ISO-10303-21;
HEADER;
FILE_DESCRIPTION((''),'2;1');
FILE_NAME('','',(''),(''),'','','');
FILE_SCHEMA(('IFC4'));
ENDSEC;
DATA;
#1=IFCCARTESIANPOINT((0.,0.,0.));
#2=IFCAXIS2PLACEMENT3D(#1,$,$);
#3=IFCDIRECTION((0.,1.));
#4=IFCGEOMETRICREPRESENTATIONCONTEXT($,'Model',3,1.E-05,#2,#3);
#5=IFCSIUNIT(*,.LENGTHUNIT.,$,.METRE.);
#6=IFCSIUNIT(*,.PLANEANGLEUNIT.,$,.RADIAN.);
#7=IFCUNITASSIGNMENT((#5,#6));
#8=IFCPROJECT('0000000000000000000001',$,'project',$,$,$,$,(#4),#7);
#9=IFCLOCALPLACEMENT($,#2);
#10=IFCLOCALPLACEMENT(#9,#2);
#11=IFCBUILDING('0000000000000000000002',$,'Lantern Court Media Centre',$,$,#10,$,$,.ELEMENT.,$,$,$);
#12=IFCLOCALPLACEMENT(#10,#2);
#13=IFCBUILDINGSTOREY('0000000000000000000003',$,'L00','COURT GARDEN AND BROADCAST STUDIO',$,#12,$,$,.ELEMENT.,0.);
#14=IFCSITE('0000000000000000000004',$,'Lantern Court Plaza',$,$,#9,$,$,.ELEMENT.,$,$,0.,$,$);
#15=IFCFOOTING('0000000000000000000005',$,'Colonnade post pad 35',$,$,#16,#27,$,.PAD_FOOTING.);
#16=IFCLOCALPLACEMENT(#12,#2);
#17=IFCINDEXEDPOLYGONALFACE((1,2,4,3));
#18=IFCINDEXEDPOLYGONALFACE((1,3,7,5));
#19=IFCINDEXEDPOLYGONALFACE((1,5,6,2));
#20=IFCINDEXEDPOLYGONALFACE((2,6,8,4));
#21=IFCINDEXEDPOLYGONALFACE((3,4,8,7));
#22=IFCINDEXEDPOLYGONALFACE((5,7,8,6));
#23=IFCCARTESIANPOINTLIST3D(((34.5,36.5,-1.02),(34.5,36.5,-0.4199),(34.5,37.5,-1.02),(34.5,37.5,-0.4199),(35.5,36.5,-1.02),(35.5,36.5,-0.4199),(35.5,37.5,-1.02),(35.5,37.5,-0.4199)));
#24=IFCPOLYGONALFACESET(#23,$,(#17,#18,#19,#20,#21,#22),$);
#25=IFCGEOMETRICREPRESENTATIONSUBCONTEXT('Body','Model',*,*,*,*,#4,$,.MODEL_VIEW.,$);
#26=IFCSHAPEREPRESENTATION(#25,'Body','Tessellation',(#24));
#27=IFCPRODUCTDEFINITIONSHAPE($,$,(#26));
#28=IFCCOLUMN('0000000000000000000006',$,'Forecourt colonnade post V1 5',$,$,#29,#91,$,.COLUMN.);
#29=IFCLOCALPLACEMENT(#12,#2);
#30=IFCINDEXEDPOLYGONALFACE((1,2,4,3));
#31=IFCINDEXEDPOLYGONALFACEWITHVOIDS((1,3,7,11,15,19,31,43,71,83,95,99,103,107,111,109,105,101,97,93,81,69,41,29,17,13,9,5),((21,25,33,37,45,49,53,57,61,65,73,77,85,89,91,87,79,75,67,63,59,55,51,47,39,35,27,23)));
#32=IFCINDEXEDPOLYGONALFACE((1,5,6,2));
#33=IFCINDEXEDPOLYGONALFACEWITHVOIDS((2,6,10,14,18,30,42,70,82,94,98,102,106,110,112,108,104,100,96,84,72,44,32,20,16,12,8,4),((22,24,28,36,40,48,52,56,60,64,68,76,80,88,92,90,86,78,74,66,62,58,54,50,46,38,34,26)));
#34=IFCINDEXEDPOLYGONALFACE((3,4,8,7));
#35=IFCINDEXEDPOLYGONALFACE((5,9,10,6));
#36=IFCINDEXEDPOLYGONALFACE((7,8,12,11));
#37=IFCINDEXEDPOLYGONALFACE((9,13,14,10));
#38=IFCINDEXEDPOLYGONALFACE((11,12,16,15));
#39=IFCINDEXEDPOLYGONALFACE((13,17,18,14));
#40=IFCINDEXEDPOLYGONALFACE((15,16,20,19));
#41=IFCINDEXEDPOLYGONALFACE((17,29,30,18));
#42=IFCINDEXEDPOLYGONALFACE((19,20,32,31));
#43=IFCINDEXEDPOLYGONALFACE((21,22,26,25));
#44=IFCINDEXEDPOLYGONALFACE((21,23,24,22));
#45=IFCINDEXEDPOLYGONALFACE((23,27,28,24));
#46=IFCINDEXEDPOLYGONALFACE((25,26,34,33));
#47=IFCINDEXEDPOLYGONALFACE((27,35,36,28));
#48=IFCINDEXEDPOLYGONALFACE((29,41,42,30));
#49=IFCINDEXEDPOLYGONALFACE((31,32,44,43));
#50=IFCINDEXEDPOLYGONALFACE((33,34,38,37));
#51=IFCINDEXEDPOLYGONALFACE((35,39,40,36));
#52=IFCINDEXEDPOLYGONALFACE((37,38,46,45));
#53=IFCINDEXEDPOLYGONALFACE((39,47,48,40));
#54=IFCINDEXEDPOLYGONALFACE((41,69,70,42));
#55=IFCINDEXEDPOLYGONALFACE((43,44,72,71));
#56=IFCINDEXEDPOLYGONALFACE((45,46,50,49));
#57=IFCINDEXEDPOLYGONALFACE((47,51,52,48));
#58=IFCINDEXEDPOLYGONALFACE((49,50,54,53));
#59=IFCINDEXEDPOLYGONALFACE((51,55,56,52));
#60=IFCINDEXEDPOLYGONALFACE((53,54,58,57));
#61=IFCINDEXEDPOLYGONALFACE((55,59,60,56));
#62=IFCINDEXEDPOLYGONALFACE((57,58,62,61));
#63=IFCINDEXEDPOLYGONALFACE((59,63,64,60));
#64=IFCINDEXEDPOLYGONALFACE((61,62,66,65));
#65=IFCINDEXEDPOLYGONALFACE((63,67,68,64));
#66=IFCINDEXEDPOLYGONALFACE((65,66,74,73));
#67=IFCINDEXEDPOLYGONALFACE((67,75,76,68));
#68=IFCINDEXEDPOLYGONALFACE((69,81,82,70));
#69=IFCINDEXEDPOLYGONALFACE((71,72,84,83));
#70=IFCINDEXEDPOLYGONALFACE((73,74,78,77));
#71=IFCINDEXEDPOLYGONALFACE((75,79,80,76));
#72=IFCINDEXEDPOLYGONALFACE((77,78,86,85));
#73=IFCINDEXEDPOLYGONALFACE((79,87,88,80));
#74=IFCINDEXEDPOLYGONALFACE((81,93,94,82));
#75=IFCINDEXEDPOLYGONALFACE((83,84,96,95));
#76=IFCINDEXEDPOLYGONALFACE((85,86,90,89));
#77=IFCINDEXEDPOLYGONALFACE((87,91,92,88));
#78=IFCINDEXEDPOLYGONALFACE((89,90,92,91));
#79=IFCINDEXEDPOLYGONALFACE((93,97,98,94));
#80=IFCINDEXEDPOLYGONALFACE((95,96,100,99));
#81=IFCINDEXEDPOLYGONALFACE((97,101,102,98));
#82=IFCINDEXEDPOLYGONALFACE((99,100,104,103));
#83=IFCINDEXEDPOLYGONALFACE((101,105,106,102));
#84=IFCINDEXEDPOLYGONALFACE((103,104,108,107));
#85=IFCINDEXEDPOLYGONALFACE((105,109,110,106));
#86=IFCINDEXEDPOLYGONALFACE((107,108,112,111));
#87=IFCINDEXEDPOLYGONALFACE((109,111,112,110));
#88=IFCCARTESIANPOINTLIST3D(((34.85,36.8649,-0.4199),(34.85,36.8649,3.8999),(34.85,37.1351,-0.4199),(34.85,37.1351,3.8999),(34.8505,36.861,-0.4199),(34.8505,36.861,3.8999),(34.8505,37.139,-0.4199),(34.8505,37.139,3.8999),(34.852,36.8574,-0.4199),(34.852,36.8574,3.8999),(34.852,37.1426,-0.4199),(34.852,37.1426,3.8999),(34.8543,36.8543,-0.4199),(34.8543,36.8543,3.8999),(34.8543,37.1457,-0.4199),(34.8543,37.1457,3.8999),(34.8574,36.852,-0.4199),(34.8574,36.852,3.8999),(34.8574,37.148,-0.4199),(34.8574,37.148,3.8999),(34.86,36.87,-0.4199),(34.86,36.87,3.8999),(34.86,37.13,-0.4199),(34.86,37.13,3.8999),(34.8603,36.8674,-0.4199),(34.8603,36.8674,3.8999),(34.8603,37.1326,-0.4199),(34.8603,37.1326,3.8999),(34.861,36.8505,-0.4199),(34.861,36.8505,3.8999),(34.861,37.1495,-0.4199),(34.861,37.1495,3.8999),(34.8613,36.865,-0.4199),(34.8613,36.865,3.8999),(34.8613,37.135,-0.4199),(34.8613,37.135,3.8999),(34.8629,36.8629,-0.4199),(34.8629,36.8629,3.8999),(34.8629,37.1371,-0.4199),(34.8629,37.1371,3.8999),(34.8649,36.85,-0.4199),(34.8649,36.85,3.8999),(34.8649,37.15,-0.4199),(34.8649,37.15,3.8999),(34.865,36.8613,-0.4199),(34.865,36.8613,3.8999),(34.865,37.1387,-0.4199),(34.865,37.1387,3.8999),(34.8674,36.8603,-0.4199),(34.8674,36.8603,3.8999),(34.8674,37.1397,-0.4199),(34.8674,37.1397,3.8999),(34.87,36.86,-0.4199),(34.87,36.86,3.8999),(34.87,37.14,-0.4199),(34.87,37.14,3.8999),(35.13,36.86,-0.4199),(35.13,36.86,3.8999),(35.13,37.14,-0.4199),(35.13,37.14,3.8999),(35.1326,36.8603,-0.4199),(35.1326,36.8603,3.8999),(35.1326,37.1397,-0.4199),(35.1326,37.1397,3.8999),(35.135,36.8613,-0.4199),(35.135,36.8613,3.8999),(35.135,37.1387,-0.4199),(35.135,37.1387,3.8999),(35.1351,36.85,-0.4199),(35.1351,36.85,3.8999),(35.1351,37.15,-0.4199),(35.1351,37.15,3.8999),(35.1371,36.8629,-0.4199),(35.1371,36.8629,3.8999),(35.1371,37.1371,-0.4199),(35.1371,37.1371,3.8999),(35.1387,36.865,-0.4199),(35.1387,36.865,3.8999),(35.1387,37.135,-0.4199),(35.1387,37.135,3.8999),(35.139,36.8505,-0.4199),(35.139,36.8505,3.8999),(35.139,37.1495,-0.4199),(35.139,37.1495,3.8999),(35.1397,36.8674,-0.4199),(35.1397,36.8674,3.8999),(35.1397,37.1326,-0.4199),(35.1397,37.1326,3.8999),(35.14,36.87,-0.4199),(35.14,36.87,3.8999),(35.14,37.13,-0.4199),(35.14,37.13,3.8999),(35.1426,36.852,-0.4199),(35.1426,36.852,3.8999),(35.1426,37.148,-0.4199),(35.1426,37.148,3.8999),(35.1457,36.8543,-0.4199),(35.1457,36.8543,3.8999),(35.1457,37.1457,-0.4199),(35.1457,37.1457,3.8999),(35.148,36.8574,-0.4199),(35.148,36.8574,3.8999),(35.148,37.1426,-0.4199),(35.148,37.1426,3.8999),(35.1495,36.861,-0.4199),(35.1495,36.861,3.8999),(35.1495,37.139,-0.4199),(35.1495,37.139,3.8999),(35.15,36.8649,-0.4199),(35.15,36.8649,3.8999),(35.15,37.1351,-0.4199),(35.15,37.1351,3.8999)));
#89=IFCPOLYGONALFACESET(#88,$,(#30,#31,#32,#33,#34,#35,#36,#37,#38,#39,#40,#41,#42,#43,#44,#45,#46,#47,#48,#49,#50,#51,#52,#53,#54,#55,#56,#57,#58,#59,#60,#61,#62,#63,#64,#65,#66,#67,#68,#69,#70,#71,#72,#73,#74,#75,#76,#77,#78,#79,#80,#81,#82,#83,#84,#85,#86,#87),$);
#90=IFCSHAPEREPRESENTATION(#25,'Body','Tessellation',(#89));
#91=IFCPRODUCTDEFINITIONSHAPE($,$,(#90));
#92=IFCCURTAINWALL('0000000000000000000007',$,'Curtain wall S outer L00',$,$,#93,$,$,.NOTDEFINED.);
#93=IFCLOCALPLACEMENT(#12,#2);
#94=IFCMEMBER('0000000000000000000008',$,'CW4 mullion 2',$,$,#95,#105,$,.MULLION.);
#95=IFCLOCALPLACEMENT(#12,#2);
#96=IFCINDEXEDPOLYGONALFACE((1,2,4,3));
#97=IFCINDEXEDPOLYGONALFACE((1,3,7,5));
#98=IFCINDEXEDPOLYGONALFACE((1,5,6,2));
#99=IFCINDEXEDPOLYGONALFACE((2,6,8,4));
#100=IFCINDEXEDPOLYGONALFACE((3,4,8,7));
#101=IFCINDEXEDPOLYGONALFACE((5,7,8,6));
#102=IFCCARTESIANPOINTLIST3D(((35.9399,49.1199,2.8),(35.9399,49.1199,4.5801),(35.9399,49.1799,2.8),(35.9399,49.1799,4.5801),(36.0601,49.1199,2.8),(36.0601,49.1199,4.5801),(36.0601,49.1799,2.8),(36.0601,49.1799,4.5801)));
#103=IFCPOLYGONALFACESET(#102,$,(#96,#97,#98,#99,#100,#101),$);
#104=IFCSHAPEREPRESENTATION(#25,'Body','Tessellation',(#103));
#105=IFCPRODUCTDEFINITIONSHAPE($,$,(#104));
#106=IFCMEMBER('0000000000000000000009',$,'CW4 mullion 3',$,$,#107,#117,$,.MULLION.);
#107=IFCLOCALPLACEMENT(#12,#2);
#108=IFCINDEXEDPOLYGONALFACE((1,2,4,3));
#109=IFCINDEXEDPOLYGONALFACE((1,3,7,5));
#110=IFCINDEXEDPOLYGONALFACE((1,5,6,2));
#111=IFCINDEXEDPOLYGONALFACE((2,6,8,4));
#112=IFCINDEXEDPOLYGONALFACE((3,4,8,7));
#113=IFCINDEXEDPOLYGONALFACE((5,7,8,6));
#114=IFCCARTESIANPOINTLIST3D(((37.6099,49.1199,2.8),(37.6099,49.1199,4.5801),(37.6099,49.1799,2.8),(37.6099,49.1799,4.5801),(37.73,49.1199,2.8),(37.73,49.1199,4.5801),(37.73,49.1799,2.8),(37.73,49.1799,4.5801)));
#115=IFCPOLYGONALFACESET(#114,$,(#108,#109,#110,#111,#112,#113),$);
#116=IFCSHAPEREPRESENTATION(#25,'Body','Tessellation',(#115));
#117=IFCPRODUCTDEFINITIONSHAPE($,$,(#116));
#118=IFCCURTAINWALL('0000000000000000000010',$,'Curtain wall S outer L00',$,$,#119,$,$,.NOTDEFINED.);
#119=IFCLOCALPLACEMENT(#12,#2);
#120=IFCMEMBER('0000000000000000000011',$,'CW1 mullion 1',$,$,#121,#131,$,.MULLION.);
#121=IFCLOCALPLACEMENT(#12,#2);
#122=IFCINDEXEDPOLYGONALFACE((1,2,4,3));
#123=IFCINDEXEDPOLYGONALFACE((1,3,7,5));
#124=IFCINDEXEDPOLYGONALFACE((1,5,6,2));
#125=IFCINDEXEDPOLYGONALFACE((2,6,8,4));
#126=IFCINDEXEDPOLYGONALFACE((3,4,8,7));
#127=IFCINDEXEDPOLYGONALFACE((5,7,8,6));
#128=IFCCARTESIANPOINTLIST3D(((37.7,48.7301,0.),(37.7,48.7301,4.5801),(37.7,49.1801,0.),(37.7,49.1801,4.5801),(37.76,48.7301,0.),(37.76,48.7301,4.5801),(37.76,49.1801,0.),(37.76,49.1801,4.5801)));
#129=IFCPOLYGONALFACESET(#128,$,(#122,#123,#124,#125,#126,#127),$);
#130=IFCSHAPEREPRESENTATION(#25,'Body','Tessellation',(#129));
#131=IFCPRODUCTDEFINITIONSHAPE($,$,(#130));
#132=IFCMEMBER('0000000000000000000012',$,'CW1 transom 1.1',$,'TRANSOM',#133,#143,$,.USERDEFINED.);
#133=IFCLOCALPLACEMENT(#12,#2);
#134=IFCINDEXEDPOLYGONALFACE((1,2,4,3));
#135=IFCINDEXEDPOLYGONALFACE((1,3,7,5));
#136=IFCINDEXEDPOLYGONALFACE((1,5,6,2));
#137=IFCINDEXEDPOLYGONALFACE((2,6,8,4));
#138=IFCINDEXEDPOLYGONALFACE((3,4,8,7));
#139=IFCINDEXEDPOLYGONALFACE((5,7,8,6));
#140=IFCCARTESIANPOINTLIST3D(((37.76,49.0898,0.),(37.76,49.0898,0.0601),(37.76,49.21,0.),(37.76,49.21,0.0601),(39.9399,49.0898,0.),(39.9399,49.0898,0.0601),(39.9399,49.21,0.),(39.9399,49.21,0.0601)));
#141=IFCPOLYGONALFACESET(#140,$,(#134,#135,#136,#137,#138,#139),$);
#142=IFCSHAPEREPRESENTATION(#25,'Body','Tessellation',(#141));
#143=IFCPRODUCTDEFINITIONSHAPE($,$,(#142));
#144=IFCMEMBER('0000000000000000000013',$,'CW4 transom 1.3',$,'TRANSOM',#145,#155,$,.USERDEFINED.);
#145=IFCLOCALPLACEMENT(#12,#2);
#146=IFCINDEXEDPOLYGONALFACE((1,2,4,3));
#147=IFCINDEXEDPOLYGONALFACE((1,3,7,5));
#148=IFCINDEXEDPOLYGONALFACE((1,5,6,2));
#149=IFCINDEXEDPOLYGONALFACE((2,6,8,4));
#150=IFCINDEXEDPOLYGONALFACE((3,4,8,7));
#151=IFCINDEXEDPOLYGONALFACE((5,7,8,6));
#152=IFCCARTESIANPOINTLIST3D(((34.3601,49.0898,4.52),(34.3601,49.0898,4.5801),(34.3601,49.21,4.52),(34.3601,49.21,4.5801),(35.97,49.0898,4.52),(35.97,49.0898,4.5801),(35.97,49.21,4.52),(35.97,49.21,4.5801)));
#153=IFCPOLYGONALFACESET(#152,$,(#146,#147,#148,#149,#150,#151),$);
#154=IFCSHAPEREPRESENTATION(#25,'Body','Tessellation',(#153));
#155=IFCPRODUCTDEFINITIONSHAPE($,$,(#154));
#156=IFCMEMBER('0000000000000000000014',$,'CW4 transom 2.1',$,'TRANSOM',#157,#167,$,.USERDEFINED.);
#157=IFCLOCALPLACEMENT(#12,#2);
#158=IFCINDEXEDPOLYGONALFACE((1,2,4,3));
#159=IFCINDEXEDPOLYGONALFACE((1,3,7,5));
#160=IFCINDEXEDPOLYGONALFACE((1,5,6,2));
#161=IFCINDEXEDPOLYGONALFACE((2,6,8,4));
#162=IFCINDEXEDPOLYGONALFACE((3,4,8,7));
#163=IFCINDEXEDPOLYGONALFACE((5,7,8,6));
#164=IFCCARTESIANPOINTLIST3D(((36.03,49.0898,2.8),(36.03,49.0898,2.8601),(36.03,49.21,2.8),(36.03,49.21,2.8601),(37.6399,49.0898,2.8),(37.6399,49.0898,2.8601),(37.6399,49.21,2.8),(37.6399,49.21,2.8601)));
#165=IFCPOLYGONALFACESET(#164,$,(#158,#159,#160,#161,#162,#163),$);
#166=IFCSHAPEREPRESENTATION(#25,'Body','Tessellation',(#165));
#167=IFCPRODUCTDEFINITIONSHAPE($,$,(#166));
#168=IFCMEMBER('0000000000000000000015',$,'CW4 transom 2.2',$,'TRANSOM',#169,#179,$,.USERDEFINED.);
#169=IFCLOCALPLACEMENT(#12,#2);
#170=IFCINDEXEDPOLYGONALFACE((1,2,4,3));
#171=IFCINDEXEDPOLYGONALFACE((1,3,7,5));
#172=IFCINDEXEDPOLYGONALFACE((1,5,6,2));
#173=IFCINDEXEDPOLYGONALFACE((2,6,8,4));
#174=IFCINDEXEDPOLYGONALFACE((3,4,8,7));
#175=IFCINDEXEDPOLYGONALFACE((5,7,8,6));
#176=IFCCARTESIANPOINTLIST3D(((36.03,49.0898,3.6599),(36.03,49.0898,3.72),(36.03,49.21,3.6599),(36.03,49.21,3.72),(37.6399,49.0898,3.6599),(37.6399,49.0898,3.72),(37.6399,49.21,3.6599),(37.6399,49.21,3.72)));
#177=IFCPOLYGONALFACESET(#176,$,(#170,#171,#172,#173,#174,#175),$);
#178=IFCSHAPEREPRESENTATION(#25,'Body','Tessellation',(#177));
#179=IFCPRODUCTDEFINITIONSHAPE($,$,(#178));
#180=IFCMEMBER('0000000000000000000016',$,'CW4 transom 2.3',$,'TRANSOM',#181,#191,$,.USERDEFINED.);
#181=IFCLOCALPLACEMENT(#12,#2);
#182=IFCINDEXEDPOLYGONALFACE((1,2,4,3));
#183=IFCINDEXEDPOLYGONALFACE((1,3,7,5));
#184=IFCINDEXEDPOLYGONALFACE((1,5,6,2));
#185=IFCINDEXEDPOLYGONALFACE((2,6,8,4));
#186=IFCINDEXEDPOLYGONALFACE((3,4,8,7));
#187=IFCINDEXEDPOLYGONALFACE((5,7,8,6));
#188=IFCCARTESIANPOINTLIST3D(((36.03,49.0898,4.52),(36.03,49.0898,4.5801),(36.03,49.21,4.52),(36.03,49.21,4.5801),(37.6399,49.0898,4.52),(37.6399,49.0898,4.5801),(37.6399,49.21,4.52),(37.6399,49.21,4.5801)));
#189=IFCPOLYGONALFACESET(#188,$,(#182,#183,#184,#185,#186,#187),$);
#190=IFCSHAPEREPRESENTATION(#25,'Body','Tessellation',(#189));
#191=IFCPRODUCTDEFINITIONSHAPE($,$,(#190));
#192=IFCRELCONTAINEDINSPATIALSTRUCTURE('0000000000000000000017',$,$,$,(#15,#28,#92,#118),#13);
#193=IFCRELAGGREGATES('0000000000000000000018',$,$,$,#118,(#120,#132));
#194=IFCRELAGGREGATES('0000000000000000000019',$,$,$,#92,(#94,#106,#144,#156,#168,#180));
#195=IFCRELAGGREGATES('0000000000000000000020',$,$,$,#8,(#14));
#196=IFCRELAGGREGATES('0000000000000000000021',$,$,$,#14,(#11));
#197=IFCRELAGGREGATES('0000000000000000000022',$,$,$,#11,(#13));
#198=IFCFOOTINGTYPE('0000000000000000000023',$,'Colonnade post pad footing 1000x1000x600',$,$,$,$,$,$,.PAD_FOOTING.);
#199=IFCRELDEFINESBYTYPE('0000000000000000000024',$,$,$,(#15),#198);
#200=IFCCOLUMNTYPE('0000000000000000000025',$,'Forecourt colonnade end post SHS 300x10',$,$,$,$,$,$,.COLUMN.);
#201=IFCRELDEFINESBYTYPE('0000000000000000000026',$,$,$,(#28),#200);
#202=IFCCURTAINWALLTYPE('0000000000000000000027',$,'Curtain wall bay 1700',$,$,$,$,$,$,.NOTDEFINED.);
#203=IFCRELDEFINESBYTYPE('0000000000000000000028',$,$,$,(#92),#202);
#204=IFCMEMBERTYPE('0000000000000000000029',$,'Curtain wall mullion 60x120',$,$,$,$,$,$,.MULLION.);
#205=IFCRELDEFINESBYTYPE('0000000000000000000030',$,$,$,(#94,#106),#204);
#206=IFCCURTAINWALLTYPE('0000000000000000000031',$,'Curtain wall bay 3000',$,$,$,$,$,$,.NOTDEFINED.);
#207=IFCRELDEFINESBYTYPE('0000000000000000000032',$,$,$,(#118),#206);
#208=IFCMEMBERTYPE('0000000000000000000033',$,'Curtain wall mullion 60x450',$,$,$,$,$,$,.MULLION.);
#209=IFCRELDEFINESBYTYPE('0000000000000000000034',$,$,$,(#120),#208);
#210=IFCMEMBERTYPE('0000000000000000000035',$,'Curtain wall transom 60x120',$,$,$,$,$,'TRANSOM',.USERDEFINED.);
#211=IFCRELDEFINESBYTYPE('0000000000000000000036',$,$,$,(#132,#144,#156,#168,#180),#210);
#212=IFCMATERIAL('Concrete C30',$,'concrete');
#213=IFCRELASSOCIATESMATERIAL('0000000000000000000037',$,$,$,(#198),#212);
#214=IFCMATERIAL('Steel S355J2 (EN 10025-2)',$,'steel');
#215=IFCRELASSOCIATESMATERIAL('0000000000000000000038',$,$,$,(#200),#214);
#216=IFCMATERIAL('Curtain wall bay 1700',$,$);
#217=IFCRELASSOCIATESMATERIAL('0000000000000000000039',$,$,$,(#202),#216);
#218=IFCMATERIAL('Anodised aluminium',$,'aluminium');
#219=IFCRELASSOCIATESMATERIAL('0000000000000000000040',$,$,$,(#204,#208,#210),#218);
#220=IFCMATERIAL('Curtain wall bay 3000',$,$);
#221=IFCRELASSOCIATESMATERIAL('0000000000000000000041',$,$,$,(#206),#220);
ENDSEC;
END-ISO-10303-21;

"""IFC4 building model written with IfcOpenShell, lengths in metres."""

from ifc_helpers import new_model, si_unit, direction, frame, origin, origin_2d, place, context, subcontext, project, spatial, rectangle, hollow_rectangle, extrude, material, material_profile, profile_set, type_object, element, aggregate, save


model = new_model("IFC4")

# Units and contexts
model_context = context("Model", 3, precision=1e-05, world=origin(), true_north=direction((0.0, 1.0)))
body_context = subcontext(model_context, "Body", "Model", "MODEL_VIEW")
ifc_project = project(units=[si_unit("LENGTHUNIT", "METRE"), si_unit("PLANEANGLEUNIT", "RADIAN")], contexts=[model_context])

# Site, building, storey
site_placement = place(None, origin())
site = spatial("IfcSite", under=ifc_project, at=site_placement, Name="Lantern Court Plaza", CompositionType="ELEMENT", RefElevation=0.0)
building_placement = place(site_placement, origin())
building = spatial("IfcBuilding", under=site, at=building_placement, Name="Lantern Court Media Centre", CompositionType="ELEMENT")
storey_placement = place(building_placement, origin())
storey = spatial("IfcBuildingStorey", under=building, at=storey_placement, Name="L00", Description="COURT GARDEN AND BROADCAST STUDIO", CompositionType="ELEMENT", Elevation=0.0)

# Footing
ifc_material_1 = material(Name="Concrete C30", Category="concrete")
footing_type = type_object("IfcFootingType", Name="Colonnade post pad footing 1000x1000x600", PredefinedType="PAD_FOOTING", material=ifc_material_1)
footing_placement = place(storey_placement, frame((35.0, 37.0, -1.02), z_axis=(0.0, 0.0, 1.0), x_axis=(1.0, 0.0, 0.0)))
element("IfcFooting", 1, at=footing_placement, inside=storey, type_object=footing_type, Name="Colonnade post pad 35", PredefinedType="PAD_FOOTING", context=body_context, shape_type="SweptSolid", body=[
    extrude(rectangle(XDim=1.0, YDim=1.0, at=origin_2d()), origin(), (0.0, 0.0, 1.0), 0.6001),
])

# Column
ifc_material_2 = material(Name="Steel S355J2 (EN 10025-2)", Category="steel")
ifc_material_profile_1 = material_profile(ifc_material_2, hollow_rectangle(XDim=0.3, YDim=0.3, WallThickness=0.01, InnerFilletRadius=0.01, OuterFilletRadius=0.0149, at=origin_2d()), Name="Forecourt colonnade end post SHS 300x10")
ifc_profile_set_1 = profile_set([ifc_material_profile_1], Name="Steel S355J2 (EN 10025-2)")
column_type = type_object("IfcColumnType", Name="Forecourt colonnade end post SHS 300x10", PredefinedType="COLUMN", material=ifc_profile_set_1)
column_placement = place(storey_placement, frame((35.0, 37.0, -0.4199), z_axis=(0.0, 0.0, 1.0), x_axis=(1.0, 0.0, 0.0)))
element("IfcColumn", 2, at=column_placement, inside=storey, type_object=column_type, Name="Forecourt colonnade post V1 5", PredefinedType="COLUMN", context=body_context, shape_type="SweptSolid", body=[
    extrude(hollow_rectangle(XDim=0.3, YDim=0.3, WallThickness=0.01, InnerFilletRadius=0.01, OuterFilletRadius=0.0149, at=origin_2d()), origin(), (0.0, 0.0, 1.0), 4.3198),
])

# Curtain walls, members
ifc_material_3 = material(Name="Curtain wall bay 1700")
curtain_wall_type_1 = type_object("IfcCurtainWallType", Name="Curtain wall bay 1700", PredefinedType="NOTDEFINED", material=ifc_material_3)
curtain_wall_1_placement = place(storey_placement, origin())
curtain_wall_1 = element("IfcCurtainWall", 3, at=curtain_wall_1_placement, inside=storey, type_object=curtain_wall_type_1, Name="Curtain wall S outer L00", PredefinedType="NOTDEFINED")
ifc_material_4 = material(Name="Anodised aluminium", Category="aluminium")
ifc_material_profile_2 = material_profile(ifc_material_4, rectangle(XDim=0.0601, YDim=0.1201, at=origin_2d()), Name="AL 60x120")
ifc_profile_set_2 = profile_set([ifc_material_profile_2], Name="Anodised aluminium")
member_type_1 = type_object("IfcMemberType", Name="Curtain wall mullion 60x120", PredefinedType="MULLION", material=ifc_profile_set_2)
member_1_placement = place(storey_placement, frame((36.0, 49.1499, 2.8), z_axis=(0.0, 0.0, 1.0), x_axis=(0.0, 1.0, 0.0)))
member_1 = element("IfcMember", 4, at=member_1_placement, type_object=member_type_1, Name="CW4 mullion 2", PredefinedType="MULLION", context=body_context, shape_type="SweptSolid", body=[
    extrude(rectangle(XDim=0.0601, YDim=0.1201, at=origin_2d()), origin(), (0.0, 0.0, 1.0), 1.78),
])
member_2_placement = place(storey_placement, frame((37.6699, 49.1499, 2.8), z_axis=(0.0, 0.0, 1.0), x_axis=(0.0, 1.0, 0.0)))
member_2 = element("IfcMember", 5, at=member_2_placement, type_object=member_type_1, Name="CW4 mullion 3", PredefinedType="MULLION", context=body_context, shape_type="SweptSolid", body=[
    extrude(rectangle(XDim=0.0601, YDim=0.1201, at=origin_2d()), origin(), (0.0, 0.0, 1.0), 1.78),
])
ifc_material_5 = material(Name="Curtain wall bay 3000")
curtain_wall_type_2 = type_object("IfcCurtainWallType", Name="Curtain wall bay 3000", PredefinedType="NOTDEFINED", material=ifc_material_5)
curtain_wall_2_placement = place(storey_placement, origin())
curtain_wall_2 = element("IfcCurtainWall", 6, at=curtain_wall_2_placement, inside=storey, type_object=curtain_wall_type_2, Name="Curtain wall S outer L00", PredefinedType="NOTDEFINED")
ifc_material_profile_3 = material_profile(ifc_material_4, rectangle(XDim=0.45, YDim=0.0601, at=origin_2d()), Name="AL 60x450")
ifc_profile_set_3 = profile_set([ifc_material_profile_3], Name="Anodised aluminium")
member_type_2 = type_object("IfcMemberType", Name="Curtain wall mullion 60x450", PredefinedType="MULLION", material=ifc_profile_set_3)
member_3_placement = place(storey_placement, frame((37.73, 48.9551, 0.0), z_axis=(0.0, 0.0, 1.0), x_axis=(0.0, 1.0, 0.0)))
member_3 = element("IfcMember", 7, at=member_3_placement, type_object=member_type_2, Name="CW1 mullion 1", PredefinedType="MULLION", context=body_context, shape_type="SweptSolid", body=[
    extrude(rectangle(XDim=0.45, YDim=0.0601, at=origin_2d()), origin(), (0.0, 0.0, 1.0), 4.5801),
])
ifc_material_profile_4 = material_profile(ifc_material_4, rectangle(XDim=0.1201, YDim=0.0601, at=origin_2d()), Name="AL 60x120")
ifc_profile_set_4 = profile_set([ifc_material_profile_4], Name="Anodised aluminium")
member_type_3 = type_object("IfcMemberType", Name="Curtain wall transom 60x120", ElementType="TRANSOM", PredefinedType="USERDEFINED", material=ifc_profile_set_4)
member_4_placement = place(storey_placement, frame((37.76, 49.1499, 0.03), z_axis=(1.0, 0.0, 0.0), x_axis=(0.0, 1.0, 0.0)))
member_4 = element("IfcMember", 8, at=member_4_placement, type_object=member_type_3, Name="CW1 transom 1.1", ObjectType="TRANSOM", PredefinedType="USERDEFINED", context=body_context, shape_type="SweptSolid", body=[
    extrude(rectangle(XDim=0.1201, YDim=0.0601, at=origin_2d()), origin(), (0.0, 0.0, 1.0), 2.1799),
])
aggregate(curtain_wall_2, [member_3, member_4])

# Members
member_5_placement = place(storey_placement, frame((34.3601, 49.1499, 4.55), z_axis=(1.0, 0.0, 0.0), x_axis=(0.0, 1.0, 0.0)))
member_5 = element("IfcMember", 9, at=member_5_placement, type_object=member_type_3, Name="CW4 transom 1.3", ObjectType="TRANSOM", PredefinedType="USERDEFINED", context=body_context, shape_type="SweptSolid", body=[
    extrude(rectangle(XDim=0.1201, YDim=0.0601, at=origin_2d()), origin(), (0.0, 0.0, 1.0), 1.6099),
])
member_6_placement = place(storey_placement, frame((36.03, 49.1499, 2.8301), z_axis=(1.0, 0.0, 0.0), x_axis=(0.0, 1.0, 0.0)))
member_6 = element("IfcMember", 10, at=member_6_placement, type_object=member_type_3, Name="CW4 transom 2.1", ObjectType="TRANSOM", PredefinedType="USERDEFINED", context=body_context, shape_type="SweptSolid", body=[
    extrude(rectangle(XDim=0.1201, YDim=0.0601, at=origin_2d()), origin(), (0.0, 0.0, 1.0), 1.6099),
])
member_7_placement = place(storey_placement, frame((36.03, 49.1499, 3.6899), z_axis=(1.0, 0.0, 0.0), x_axis=(0.0, 1.0, 0.0)))
member_7 = element("IfcMember", 11, at=member_7_placement, type_object=member_type_3, Name="CW4 transom 2.2", ObjectType="TRANSOM", PredefinedType="USERDEFINED", context=body_context, shape_type="SweptSolid", body=[
    extrude(rectangle(XDim=0.1201, YDim=0.0601, at=origin_2d()), origin(), (0.0, 0.0, 1.0), 1.6099),
])
member_8_placement = place(storey_placement, frame((36.03, 49.1499, 4.55), z_axis=(1.0, 0.0, 0.0), x_axis=(0.0, 1.0, 0.0)))
member_8 = element("IfcMember", 12, at=member_8_placement, type_object=member_type_3, Name="CW4 transom 2.3", ObjectType="TRANSOM", PredefinedType="USERDEFINED", context=body_context, shape_type="SweptSolid", body=[
    extrude(rectangle(XDim=0.1201, YDim=0.0601, at=origin_2d()), origin(), (0.0, 0.0, 1.0), 1.6099),
])

aggregate(curtain_wall_1, [member_1, member_2, member_5, member_6, member_7, member_8])

save(model, "model.ifc")
